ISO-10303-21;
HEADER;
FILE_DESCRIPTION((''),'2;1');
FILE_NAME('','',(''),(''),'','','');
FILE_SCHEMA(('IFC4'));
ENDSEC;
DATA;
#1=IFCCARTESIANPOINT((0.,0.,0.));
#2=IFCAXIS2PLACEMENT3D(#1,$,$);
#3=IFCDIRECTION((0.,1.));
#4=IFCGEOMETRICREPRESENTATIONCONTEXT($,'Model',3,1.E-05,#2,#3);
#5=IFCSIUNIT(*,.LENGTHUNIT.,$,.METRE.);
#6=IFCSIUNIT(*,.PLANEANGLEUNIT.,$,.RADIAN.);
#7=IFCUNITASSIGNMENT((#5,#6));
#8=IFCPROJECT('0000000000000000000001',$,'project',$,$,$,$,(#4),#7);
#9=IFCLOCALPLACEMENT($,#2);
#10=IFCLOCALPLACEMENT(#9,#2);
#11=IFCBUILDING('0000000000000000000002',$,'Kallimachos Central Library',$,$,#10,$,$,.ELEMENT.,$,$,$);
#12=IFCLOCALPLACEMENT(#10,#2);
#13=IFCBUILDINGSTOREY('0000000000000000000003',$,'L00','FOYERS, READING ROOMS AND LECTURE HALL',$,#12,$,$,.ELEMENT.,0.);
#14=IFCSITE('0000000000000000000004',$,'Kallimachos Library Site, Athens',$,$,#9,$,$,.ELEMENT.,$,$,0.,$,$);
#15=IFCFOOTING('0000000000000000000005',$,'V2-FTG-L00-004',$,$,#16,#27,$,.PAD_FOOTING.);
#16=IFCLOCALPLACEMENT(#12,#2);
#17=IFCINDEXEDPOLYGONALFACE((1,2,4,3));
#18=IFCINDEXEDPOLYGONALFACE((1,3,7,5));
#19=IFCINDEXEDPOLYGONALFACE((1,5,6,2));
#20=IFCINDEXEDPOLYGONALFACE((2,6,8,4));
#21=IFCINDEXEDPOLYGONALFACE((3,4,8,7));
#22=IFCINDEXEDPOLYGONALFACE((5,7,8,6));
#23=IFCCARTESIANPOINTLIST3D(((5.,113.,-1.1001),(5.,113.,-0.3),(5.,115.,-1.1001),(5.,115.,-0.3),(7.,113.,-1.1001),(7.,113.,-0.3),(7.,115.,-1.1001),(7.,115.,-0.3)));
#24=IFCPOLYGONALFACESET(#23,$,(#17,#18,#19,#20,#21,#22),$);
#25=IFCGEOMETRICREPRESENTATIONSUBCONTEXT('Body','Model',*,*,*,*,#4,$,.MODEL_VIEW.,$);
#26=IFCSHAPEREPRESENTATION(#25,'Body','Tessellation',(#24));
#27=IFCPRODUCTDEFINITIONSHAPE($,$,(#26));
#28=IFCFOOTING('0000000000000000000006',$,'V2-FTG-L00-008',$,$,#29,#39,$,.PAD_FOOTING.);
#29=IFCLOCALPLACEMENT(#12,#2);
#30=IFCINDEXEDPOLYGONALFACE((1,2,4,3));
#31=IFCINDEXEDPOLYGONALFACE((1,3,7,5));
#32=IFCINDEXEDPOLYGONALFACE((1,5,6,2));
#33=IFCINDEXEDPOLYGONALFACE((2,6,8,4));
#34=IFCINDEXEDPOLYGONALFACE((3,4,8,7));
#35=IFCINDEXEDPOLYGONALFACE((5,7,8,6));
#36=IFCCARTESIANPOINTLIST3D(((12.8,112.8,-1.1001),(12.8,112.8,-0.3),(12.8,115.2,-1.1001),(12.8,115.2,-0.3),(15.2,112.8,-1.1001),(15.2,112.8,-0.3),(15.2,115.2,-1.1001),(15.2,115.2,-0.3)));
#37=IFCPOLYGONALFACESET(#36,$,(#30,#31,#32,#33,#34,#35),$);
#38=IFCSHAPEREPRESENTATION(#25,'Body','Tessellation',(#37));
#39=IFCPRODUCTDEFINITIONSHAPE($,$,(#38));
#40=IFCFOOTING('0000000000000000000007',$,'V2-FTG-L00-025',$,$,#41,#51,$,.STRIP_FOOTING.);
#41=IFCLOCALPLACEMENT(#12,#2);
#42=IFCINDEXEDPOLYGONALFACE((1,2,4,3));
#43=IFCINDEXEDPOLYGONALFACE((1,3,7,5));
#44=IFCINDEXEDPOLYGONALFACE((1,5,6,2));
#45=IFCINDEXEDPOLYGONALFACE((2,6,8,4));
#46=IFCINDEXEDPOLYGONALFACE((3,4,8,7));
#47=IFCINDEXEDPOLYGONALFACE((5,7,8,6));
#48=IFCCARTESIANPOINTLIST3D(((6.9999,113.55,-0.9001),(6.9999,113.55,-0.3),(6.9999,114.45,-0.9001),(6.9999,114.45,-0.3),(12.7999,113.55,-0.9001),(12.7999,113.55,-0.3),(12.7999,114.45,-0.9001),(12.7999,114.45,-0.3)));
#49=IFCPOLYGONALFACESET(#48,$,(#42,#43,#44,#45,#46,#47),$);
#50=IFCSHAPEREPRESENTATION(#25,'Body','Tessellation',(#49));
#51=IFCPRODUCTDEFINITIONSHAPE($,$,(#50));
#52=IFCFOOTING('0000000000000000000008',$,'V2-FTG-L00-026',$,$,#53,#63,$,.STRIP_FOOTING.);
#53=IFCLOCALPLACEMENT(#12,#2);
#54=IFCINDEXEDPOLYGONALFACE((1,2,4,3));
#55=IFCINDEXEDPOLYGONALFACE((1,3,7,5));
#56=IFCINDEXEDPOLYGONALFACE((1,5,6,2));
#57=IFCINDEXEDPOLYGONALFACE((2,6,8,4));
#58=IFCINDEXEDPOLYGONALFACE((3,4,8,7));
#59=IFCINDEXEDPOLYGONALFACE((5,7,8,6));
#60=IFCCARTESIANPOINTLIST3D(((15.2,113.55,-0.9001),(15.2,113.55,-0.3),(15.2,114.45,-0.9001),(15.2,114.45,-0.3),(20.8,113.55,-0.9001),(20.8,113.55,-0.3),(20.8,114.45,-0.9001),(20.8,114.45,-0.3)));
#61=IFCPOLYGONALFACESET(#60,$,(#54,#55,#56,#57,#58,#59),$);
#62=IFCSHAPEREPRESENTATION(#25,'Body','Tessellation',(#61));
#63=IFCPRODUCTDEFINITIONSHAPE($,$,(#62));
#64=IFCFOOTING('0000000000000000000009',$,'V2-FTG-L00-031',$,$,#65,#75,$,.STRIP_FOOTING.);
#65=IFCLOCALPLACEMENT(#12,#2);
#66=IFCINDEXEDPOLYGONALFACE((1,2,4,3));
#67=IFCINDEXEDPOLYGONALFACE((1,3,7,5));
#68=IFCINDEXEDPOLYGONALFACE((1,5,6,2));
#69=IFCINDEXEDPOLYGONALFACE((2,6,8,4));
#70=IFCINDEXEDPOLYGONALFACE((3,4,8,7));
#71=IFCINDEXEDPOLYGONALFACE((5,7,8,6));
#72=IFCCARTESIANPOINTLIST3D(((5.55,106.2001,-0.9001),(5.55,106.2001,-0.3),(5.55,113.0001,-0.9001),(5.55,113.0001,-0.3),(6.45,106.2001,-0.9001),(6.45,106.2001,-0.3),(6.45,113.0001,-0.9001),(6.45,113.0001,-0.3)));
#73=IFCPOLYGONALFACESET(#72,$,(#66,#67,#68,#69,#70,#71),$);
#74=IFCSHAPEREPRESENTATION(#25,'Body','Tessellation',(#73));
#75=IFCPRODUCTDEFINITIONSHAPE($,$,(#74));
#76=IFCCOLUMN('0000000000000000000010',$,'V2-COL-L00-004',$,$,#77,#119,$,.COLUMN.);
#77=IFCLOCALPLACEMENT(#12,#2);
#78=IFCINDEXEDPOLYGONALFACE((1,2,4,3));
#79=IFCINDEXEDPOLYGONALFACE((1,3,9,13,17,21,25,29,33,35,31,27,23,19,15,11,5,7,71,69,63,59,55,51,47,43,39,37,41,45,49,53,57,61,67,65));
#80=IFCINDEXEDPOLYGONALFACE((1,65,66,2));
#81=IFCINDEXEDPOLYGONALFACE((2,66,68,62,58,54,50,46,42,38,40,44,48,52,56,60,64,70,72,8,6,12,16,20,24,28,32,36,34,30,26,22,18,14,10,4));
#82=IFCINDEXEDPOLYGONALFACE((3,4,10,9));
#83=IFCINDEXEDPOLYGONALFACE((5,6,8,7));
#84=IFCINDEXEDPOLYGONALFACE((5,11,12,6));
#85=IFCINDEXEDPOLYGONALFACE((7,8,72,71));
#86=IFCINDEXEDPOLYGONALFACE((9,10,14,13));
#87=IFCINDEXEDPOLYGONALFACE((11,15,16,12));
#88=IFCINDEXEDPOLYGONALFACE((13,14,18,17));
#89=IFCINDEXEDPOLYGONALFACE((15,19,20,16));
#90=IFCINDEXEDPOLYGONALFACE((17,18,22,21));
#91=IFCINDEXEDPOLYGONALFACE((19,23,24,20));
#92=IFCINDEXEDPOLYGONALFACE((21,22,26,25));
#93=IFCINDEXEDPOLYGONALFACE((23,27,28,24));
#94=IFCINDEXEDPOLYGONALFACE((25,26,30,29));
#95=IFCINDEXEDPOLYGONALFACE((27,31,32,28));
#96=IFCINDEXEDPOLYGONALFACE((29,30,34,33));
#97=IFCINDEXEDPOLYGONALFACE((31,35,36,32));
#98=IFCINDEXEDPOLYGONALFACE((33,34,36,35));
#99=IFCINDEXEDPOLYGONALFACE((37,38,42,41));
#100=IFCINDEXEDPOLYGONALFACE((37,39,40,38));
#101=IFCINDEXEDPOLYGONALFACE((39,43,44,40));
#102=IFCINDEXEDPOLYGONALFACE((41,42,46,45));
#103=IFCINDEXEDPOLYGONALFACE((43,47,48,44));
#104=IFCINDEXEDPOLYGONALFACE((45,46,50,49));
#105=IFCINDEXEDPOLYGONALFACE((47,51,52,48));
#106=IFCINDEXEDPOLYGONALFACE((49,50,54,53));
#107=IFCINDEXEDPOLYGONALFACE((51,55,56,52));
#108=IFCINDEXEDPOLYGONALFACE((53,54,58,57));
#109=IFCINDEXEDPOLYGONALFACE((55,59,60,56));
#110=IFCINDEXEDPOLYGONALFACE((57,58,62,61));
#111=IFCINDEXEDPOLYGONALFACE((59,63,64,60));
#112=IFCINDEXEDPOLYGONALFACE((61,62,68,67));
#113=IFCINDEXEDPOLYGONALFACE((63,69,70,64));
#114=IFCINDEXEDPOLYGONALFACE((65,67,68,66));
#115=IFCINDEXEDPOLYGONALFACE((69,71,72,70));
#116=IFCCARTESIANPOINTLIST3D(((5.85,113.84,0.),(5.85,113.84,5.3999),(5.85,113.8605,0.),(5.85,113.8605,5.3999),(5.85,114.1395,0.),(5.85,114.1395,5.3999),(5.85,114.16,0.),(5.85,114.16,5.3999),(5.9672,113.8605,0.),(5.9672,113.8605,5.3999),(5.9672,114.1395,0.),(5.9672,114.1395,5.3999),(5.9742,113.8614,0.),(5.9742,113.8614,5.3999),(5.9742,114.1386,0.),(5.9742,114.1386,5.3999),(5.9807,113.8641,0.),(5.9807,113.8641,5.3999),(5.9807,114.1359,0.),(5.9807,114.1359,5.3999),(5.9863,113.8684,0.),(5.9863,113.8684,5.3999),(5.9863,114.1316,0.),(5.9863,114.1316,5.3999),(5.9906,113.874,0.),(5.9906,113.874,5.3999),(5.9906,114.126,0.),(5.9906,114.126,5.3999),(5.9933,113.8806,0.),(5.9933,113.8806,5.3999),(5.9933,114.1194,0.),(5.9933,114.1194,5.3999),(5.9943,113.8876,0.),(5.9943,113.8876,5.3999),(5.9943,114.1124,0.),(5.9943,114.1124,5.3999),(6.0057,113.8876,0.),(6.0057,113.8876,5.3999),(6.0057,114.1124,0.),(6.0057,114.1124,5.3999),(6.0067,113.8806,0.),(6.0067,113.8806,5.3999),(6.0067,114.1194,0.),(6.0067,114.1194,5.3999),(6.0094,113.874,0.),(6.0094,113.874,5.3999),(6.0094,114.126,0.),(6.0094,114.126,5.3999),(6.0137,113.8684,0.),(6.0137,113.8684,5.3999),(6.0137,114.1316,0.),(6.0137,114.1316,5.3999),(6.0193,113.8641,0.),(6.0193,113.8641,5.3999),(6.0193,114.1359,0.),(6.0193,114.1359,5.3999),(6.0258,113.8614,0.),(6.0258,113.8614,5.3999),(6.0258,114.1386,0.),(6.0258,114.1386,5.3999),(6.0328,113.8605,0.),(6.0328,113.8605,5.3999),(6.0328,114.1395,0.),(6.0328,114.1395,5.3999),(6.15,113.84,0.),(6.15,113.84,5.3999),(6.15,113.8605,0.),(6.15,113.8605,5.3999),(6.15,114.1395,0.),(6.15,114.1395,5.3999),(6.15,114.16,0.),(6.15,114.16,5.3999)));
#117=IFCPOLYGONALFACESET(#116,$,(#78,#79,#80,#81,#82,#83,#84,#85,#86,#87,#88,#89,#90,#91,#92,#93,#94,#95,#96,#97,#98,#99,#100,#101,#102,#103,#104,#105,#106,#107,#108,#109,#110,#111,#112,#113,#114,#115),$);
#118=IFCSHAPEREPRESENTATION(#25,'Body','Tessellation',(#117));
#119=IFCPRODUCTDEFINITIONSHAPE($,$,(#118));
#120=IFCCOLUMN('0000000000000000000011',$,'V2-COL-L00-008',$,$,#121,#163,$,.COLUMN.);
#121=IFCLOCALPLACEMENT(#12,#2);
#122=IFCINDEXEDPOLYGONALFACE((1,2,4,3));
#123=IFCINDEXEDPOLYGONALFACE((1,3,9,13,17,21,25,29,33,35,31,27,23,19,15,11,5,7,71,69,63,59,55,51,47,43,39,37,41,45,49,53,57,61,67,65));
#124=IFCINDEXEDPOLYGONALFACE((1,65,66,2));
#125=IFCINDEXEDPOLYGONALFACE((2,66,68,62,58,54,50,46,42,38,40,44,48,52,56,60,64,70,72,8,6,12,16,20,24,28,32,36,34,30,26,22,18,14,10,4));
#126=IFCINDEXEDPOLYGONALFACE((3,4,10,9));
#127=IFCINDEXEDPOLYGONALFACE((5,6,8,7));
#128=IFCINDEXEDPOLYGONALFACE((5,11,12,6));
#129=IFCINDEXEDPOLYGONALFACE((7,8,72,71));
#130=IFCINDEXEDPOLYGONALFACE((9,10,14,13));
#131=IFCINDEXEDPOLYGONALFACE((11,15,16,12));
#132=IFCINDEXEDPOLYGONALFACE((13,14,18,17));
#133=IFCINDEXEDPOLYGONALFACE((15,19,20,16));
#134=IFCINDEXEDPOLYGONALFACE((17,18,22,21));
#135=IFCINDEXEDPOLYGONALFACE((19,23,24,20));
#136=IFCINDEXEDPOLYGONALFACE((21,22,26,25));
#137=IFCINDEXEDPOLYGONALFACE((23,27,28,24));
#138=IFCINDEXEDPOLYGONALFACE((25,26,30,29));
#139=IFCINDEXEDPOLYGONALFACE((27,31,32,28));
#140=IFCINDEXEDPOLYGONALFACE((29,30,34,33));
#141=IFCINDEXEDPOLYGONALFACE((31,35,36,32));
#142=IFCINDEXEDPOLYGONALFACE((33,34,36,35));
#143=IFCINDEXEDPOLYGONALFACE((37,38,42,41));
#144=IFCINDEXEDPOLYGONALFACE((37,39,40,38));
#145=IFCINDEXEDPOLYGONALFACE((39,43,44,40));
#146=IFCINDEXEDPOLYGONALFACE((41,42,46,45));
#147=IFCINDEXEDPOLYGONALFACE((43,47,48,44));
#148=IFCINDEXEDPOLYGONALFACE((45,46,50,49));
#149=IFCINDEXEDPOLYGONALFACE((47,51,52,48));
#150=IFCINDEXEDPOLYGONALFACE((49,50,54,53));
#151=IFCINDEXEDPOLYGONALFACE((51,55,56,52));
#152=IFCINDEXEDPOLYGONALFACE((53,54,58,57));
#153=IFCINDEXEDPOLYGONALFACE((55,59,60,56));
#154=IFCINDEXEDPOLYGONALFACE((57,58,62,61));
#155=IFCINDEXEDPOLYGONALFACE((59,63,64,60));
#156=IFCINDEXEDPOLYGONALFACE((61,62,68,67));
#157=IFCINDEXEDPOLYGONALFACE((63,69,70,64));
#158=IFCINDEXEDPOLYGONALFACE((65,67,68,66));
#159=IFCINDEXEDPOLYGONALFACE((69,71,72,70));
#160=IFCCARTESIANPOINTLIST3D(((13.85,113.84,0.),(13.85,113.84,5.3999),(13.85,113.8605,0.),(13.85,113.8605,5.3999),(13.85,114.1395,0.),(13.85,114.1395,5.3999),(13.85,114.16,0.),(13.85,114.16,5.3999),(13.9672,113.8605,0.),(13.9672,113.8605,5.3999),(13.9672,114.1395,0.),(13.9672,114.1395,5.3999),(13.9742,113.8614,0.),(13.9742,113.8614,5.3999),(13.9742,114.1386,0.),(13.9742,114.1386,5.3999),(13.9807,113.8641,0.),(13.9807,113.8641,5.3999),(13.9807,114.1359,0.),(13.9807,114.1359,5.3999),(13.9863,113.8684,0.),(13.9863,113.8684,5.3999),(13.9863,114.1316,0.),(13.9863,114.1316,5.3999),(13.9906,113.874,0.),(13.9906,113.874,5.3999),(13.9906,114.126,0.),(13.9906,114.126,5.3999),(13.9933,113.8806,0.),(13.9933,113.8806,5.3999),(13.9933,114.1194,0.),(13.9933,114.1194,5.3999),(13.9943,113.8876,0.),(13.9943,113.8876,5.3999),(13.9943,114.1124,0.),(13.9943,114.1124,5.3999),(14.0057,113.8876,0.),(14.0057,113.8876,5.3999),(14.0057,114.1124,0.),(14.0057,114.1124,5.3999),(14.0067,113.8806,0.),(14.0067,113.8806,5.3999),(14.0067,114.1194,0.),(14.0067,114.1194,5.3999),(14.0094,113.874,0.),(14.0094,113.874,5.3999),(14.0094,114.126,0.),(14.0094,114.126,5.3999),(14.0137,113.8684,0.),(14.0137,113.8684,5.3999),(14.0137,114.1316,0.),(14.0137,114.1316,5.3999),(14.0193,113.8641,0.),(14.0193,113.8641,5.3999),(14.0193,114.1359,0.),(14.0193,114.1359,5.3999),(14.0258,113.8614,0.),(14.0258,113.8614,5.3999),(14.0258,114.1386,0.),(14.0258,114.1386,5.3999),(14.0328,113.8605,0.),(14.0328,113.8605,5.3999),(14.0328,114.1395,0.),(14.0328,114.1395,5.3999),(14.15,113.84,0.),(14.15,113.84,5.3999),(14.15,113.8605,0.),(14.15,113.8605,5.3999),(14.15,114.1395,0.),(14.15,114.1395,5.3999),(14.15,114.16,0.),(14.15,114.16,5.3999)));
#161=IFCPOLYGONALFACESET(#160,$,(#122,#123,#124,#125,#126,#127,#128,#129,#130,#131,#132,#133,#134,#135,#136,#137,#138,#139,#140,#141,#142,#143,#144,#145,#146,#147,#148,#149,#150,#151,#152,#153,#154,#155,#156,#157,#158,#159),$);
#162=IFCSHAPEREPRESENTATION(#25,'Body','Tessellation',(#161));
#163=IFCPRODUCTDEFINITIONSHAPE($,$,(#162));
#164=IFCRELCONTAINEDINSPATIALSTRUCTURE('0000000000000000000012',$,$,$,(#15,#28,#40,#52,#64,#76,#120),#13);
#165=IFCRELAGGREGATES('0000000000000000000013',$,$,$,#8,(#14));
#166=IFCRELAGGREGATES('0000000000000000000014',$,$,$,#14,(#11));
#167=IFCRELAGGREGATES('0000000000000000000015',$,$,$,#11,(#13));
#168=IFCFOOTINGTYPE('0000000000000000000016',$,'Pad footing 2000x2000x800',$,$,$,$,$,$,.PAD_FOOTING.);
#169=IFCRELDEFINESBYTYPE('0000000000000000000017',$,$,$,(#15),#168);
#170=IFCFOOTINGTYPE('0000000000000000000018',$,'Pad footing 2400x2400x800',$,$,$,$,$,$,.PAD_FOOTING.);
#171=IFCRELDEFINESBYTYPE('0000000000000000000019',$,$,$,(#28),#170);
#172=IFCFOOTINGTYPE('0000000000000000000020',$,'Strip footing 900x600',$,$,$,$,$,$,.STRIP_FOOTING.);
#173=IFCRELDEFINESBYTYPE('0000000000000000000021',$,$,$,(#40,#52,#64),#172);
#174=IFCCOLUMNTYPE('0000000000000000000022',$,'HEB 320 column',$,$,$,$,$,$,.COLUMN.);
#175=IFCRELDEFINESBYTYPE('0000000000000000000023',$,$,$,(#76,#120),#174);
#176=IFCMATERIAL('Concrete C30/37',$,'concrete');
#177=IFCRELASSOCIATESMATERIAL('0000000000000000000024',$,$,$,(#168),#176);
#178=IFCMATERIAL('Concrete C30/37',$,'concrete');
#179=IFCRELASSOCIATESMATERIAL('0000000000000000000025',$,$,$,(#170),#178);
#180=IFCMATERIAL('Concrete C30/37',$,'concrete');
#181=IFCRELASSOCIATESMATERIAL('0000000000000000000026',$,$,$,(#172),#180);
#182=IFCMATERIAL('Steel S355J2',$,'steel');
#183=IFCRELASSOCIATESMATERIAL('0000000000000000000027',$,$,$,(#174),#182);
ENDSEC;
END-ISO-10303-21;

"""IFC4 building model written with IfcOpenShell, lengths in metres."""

from ifc_helpers import new_model, si_unit, direction, frame, origin, origin_2d, place, context, subcontext, project, spatial, rectangle, i_section, extrude, material, material_profile, profile_set, type_object, element, save


model = new_model("IFC4")

# Units and contexts
model_context = context("Model", 3, precision=1e-05, world=origin(), true_north=direction((0.0, 1.0)))
body_context = subcontext(model_context, "Body", "Model", "MODEL_VIEW")
ifc_project = project(units=[si_unit("LENGTHUNIT", "METRE"), si_unit("PLANEANGLEUNIT", "RADIAN")], contexts=[model_context])

# Site, building, storey
site_placement = place(None, origin())
site = spatial("IfcSite", under=ifc_project, at=site_placement, Name="Kallimachos Library Site, Athens", CompositionType="ELEMENT", RefElevation=0.0)
building_placement = place(site_placement, origin())
building = spatial("IfcBuilding", under=site, at=building_placement, Name="Kallimachos Central Library", CompositionType="ELEMENT")
storey_placement = place(building_placement, origin())
storey = spatial("IfcBuildingStorey", under=building, at=storey_placement, Name="L00", Description="FOYERS, READING ROOMS AND LECTURE HALL", CompositionType="ELEMENT", Elevation=0.0)

# Footings
ifc_material_1 = material(Name="Concrete C30/37", Category="concrete")
footing_type_1 = type_object("IfcFootingType", Name="Pad footing 2000x2000x800", PredefinedType="PAD_FOOTING", material=ifc_material_1)
footing_1_placement = place(storey_placement, frame((6.0, 114.0, -1.1001), z_axis=(0.0, 0.0, 1.0), x_axis=(1.0, 0.0, 0.0)))
element("IfcFooting", 1, at=footing_1_placement, inside=storey, type_object=footing_type_1, Name="V2-FTG-L00-004", PredefinedType="PAD_FOOTING", context=body_context, shape_type="SweptSolid", body=[
    extrude(rectangle(XDim=2.0, YDim=2.0, at=origin_2d()), origin(), (0.0, 0.0, 1.0), 0.8),
])
ifc_material_2 = material(Name="Concrete C30/37", Category="concrete")
footing_type_2 = type_object("IfcFootingType", Name="Pad footing 2400x2400x800", PredefinedType="PAD_FOOTING", material=ifc_material_2)
footing_2_placement = place(storey_placement, frame((14.0, 114.0, -1.1001), z_axis=(0.0, 0.0, 1.0), x_axis=(1.0, 0.0, 0.0)))
element("IfcFooting", 2, at=footing_2_placement, inside=storey, type_object=footing_type_2, Name="V2-FTG-L00-008", PredefinedType="PAD_FOOTING", context=body_context, shape_type="SweptSolid", body=[
    extrude(rectangle(XDim=2.3999, YDim=2.3999, at=origin_2d()), origin(), (0.0, 0.0, 1.0), 0.8),
])
ifc_material_3 = material(Name="Concrete C30/37", Category="concrete")
footing_type_3 = type_object("IfcFootingType", Name="Strip footing 900x600", PredefinedType="STRIP_FOOTING", material=ifc_material_3)
footing_3_placement = place(storey_placement, frame((9.8999, 114.0, -0.9001), z_axis=(0.0, 0.0, 1.0), x_axis=(1.0, 0.0, 0.0)))
element("IfcFooting", 3, at=footing_3_placement, inside=storey, type_object=footing_type_3, Name="V2-FTG-L00-025", PredefinedType="STRIP_FOOTING", context=body_context, shape_type="SweptSolid", body=[
    extrude(rectangle(XDim=5.8, YDim=0.8999, at=origin_2d()), origin(), (0.0, 0.0, 1.0), 0.6001),
])
footing_4_placement = place(storey_placement, frame((18.0, 114.0, -0.9001), z_axis=(0.0, 0.0, 1.0), x_axis=(1.0, 0.0, 0.0)))
element("IfcFooting", 4, at=footing_4_placement, inside=storey, type_object=footing_type_3, Name="V2-FTG-L00-026", PredefinedType="STRIP_FOOTING", context=body_context, shape_type="SweptSolid", body=[
    extrude(rectangle(XDim=5.6001, YDim=0.8999, at=origin_2d()), origin(), (0.0, 0.0, 1.0), 0.6001),
])
footing_5_placement = place(storey_placement, frame((6.0, 109.6001, -0.9001), z_axis=(0.0, 0.0, 1.0), x_axis=(1.0, 0.0, 0.0)))
element("IfcFooting", 5, at=footing_5_placement, inside=storey, type_object=footing_type_3, Name="V2-FTG-L00-031", PredefinedType="STRIP_FOOTING", context=body_context, shape_type="SweptSolid", body=[
    extrude(rectangle(XDim=0.8999, YDim=6.8, at=origin_2d()), origin(), (0.0, 0.0, 1.0), 0.6001),
])

# Columns
ifc_material_4 = material(Name="Steel S355J2", Category="steel")
ifc_material_profile_1 = material_profile(ifc_material_4, i_section(OverallWidth=0.3, OverallDepth=0.3201, WebThickness=0.0115, FlangeThickness=0.0205, FilletRadius=0.0271, at=origin_2d()), Name="HEB 320")
ifc_profile_set_1 = profile_set([ifc_material_profile_1], Name="Steel S355J2")
column_type = type_object("IfcColumnType", Name="HEB 320 column", PredefinedType="COLUMN", material=ifc_profile_set_1)
for number, where, z_axis, x_axis, name in (
    (6, (6.0, 114.0, 0.0), (0.0, 0.0, 1.0), (1.0, 0.0, 0.0), "V2-COL-L00-004"),
    (7, (14.0, 114.0, 0.0), (0.0, 0.0, 1.0), (1.0, 0.0, 0.0), "V2-COL-L00-008"),
):
    element("IfcColumn", number, at=place(storey_placement, frame(where, z_axis=z_axis, x_axis=x_axis)), inside=storey, type_object=column_type, Name=name, PredefinedType="COLUMN", context=body_context, shape_type="SweptSolid", body=[
        extrude(i_section(OverallWidth=0.3, OverallDepth=0.3201, WebThickness=0.0115, FlangeThickness=0.0205, FilletRadius=0.0271, at=origin_2d()), origin(), (0.0, 0.0, 1.0), 5.3999),
    ])

save(model, "model.ifc")
